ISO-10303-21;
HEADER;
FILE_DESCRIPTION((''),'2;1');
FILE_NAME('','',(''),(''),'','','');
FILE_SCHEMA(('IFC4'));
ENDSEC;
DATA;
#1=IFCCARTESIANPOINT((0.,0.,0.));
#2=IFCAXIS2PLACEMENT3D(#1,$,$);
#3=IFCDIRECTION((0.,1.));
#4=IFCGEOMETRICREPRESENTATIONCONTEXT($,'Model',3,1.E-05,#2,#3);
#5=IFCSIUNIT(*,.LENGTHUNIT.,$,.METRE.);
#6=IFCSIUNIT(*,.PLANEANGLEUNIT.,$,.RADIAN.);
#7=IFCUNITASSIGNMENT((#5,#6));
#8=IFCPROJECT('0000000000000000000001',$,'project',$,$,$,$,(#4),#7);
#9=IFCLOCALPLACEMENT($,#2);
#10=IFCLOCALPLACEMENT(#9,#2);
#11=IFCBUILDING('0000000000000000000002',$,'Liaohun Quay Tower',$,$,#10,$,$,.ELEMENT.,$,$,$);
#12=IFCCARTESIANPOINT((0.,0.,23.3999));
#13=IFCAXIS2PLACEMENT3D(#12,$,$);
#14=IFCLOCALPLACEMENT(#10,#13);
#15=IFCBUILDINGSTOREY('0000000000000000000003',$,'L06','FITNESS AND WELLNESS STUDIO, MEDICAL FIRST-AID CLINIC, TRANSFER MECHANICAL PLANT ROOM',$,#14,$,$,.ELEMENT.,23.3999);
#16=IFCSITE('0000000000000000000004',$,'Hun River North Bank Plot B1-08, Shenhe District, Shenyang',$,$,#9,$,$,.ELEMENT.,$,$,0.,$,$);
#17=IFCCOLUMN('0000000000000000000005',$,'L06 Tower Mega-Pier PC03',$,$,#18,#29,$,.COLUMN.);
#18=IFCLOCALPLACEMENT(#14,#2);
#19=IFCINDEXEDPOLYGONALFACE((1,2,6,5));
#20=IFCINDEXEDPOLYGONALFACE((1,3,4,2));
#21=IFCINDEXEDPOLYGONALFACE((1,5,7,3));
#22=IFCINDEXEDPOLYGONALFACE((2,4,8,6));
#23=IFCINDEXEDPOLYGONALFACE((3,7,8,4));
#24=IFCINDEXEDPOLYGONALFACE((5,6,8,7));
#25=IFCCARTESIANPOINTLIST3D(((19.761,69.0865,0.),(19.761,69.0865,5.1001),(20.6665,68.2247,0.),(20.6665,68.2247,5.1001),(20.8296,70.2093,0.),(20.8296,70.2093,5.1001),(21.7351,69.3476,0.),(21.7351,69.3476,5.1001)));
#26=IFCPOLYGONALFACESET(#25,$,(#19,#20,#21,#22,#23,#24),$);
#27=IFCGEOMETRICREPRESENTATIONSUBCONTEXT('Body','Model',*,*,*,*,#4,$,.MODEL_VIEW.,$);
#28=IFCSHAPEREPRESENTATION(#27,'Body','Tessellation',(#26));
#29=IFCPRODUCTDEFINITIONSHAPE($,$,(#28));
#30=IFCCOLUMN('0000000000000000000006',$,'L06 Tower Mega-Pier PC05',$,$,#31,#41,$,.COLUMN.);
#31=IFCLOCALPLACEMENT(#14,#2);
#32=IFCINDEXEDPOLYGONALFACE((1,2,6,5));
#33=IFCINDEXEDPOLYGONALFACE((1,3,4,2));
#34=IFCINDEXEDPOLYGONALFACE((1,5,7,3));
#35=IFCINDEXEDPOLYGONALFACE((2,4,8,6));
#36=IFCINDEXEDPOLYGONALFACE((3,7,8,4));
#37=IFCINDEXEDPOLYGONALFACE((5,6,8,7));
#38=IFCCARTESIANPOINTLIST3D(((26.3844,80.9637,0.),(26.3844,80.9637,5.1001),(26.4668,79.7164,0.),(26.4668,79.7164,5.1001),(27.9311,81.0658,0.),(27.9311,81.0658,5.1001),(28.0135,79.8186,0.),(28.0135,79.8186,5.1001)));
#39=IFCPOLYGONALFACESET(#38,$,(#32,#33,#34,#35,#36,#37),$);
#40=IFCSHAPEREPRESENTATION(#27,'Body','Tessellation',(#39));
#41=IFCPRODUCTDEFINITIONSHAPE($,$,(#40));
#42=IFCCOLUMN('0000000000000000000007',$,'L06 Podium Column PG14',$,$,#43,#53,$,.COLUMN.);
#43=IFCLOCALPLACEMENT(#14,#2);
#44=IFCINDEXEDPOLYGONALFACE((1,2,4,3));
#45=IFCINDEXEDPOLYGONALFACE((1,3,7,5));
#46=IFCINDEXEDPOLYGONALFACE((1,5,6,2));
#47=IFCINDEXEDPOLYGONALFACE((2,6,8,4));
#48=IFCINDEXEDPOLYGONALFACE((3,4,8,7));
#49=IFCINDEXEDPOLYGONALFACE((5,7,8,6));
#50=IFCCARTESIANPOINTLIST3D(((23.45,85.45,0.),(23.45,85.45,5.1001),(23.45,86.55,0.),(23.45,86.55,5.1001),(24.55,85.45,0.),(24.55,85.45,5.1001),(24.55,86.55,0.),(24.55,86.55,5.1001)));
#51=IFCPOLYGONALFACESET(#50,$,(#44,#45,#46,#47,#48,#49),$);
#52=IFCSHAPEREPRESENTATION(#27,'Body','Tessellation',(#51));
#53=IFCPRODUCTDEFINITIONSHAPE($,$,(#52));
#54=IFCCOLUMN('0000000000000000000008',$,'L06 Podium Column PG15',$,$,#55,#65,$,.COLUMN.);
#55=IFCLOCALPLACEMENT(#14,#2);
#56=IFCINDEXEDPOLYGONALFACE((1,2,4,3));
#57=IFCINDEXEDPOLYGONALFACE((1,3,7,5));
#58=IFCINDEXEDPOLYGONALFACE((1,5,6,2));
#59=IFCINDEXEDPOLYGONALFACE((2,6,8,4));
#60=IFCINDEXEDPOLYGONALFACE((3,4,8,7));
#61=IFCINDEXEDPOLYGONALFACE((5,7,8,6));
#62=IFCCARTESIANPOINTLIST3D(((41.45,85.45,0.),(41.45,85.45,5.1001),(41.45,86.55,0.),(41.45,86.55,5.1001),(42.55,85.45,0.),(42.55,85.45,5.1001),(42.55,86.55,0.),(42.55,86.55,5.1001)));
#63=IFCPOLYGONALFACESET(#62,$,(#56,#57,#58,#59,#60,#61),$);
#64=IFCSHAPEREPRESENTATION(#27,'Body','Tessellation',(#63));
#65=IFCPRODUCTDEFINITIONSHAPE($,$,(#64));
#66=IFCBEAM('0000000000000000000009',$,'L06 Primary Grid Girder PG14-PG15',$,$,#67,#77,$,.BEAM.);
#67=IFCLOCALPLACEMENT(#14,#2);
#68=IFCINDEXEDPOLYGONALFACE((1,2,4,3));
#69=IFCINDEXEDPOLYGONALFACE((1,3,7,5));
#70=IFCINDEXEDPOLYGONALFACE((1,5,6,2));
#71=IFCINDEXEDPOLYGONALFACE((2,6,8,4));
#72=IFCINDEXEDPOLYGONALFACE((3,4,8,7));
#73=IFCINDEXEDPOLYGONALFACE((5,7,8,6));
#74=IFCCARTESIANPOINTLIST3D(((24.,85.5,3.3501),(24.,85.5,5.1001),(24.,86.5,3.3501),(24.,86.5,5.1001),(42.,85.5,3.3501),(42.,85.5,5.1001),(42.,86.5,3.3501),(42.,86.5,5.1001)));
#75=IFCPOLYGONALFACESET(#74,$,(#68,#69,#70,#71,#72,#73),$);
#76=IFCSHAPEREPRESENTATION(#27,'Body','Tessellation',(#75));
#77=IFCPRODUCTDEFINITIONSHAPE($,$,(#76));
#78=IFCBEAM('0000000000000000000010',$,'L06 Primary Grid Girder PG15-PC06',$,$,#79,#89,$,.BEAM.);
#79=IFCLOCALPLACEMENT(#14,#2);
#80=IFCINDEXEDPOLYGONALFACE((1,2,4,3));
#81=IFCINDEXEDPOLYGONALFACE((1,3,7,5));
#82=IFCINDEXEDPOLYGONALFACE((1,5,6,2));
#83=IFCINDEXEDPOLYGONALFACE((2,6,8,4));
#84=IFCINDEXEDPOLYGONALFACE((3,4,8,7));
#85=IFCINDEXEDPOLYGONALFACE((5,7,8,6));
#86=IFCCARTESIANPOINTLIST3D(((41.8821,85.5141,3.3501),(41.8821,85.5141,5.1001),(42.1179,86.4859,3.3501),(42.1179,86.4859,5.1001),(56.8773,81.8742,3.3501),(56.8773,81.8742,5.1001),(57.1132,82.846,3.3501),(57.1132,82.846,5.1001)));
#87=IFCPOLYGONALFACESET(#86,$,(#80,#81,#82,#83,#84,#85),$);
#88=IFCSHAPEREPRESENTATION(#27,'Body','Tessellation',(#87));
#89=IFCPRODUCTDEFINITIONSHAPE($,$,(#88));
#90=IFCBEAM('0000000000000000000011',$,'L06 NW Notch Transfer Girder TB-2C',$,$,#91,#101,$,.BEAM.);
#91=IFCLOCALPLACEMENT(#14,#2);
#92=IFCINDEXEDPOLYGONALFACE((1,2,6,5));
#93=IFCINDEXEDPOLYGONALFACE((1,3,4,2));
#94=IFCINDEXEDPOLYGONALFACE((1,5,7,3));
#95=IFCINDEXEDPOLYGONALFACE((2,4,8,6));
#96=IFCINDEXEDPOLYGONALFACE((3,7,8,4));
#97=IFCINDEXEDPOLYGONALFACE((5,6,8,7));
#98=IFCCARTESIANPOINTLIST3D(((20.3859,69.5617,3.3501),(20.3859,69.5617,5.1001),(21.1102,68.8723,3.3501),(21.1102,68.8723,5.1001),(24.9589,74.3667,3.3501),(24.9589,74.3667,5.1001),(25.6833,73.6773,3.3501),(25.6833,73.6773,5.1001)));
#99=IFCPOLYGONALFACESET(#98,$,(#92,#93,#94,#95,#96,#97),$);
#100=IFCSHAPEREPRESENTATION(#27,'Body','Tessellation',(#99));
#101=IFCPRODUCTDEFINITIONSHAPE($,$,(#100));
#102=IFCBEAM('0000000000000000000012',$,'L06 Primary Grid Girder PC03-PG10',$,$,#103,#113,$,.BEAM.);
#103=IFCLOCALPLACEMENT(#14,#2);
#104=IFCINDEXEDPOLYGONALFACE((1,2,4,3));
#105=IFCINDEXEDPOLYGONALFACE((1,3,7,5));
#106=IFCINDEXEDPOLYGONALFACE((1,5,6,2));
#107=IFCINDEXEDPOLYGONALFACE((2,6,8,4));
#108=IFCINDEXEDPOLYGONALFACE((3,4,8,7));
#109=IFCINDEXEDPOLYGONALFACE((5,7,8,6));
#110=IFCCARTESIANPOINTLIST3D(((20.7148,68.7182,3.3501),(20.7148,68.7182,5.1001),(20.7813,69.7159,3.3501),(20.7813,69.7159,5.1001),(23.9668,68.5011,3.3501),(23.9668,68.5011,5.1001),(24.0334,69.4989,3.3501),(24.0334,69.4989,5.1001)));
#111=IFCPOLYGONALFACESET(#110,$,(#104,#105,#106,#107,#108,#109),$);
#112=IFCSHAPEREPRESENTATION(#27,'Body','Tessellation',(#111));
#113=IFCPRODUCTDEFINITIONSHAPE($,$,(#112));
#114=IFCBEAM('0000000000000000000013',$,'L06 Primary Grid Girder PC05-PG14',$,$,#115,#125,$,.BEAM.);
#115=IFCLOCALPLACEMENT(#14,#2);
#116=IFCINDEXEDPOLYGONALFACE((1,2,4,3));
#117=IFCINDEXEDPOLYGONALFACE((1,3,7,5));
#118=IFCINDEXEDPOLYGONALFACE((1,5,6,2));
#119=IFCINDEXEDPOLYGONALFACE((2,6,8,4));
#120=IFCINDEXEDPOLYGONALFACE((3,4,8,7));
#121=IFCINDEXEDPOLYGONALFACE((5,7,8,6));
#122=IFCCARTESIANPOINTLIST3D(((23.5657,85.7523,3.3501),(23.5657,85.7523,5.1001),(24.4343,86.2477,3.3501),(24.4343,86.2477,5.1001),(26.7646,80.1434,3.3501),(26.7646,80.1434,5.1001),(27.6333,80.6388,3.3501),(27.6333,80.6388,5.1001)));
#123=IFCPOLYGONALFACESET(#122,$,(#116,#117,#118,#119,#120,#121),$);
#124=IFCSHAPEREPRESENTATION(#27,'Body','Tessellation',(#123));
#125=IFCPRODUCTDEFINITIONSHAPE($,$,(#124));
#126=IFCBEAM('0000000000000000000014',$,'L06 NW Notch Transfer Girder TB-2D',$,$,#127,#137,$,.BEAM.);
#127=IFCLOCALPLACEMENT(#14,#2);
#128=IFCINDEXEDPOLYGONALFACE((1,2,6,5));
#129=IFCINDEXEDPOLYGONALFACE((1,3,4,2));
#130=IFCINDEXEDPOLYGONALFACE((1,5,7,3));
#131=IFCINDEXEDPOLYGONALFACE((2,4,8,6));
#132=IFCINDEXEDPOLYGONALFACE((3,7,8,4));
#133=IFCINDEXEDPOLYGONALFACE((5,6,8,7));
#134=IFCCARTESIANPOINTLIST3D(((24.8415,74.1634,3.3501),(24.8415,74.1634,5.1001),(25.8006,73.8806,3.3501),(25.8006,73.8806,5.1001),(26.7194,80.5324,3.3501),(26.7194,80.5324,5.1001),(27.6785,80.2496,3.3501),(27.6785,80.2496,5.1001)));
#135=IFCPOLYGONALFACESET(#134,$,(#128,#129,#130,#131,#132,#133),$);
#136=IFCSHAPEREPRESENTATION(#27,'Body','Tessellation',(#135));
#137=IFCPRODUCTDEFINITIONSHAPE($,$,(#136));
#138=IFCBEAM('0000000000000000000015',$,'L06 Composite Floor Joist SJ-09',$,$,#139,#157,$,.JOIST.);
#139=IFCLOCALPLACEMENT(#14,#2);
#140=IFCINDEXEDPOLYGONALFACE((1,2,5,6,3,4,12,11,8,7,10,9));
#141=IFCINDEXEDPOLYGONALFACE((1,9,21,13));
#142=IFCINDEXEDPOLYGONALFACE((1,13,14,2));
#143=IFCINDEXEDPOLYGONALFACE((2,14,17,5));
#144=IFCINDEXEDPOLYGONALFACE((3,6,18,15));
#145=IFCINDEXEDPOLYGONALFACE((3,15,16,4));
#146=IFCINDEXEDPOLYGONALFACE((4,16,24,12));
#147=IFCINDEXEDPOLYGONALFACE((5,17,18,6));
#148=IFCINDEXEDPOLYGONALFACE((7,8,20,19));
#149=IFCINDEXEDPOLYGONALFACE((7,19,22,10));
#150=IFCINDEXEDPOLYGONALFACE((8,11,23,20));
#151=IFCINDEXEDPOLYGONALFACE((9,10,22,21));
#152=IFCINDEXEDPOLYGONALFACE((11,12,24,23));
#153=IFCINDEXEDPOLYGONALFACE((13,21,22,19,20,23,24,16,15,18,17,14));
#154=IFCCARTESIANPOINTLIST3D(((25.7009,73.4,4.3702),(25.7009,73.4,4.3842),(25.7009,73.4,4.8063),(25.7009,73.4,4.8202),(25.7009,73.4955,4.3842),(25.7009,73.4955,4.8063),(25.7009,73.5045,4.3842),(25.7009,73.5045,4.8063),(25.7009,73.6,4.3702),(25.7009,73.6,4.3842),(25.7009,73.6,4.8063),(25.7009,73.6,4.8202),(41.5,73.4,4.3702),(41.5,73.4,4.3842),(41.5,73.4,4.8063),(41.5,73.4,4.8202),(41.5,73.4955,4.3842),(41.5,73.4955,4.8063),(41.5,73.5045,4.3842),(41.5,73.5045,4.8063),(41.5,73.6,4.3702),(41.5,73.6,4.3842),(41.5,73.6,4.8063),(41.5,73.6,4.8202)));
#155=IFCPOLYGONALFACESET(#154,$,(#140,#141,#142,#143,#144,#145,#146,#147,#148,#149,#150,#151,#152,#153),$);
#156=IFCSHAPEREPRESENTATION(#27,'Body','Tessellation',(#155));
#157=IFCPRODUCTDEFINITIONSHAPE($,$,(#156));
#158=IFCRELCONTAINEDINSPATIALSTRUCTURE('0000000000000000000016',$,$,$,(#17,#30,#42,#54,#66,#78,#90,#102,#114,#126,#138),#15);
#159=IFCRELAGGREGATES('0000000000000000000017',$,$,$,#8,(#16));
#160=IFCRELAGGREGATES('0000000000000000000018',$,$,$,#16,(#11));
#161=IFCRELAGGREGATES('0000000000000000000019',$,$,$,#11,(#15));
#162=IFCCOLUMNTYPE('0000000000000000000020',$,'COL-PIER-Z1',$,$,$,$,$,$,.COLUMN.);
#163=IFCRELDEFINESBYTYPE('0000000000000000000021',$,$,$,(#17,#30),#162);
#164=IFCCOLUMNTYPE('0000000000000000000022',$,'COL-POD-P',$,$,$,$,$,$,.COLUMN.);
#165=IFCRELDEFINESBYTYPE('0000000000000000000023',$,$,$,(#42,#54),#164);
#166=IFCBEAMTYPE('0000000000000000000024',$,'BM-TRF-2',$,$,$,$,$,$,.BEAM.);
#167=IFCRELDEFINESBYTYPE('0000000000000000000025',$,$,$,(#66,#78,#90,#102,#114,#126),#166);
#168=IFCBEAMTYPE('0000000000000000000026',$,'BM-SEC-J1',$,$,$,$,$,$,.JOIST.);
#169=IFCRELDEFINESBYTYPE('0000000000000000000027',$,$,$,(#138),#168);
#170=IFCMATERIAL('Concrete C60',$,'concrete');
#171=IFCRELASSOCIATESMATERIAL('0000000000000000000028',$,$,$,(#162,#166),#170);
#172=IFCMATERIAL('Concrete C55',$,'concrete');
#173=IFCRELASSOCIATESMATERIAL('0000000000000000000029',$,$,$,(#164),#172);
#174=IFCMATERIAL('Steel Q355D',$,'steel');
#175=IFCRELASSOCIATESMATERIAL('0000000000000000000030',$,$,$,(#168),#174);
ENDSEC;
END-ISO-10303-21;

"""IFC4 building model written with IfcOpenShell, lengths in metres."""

from ifc_helpers import new_model, si_unit, direction, frame, origin, origin_2d, place, context, subcontext, project, spatial, rectangle, i_section, extrude, source, transform, mapped, material, material_profile, profile_set, type_object, element, save


model = new_model("IFC4")

# Units and contexts
model_context = context("Model", 3, precision=1e-05, world=origin(), true_north=direction((0.0, 1.0)))
body_context = subcontext(model_context, "Body", "Model", "MODEL_VIEW")
ifc_project = project(units=[si_unit("LENGTHUNIT", "METRE"), si_unit("PLANEANGLEUNIT", "RADIAN")], contexts=[model_context])

# Site, building, storey
site_placement = place(None, origin())
site = spatial("IfcSite", under=ifc_project, at=site_placement, Name="Hun River North Bank Plot B1-08, Shenhe District, Shenyang", CompositionType="ELEMENT", RefElevation=0.0)
building_placement = place(site_placement, origin())
building = spatial("IfcBuilding", under=site, at=building_placement, Name="Liaohun Quay Tower", CompositionType="ELEMENT")
storey_placement = place(building_placement, frame((0.0, 0.0, 23.3999)))
storey = spatial("IfcBuildingStorey", under=building, at=storey_placement, Name="L06", Description="FITNESS AND WELLNESS STUDIO, MEDICAL FIRST-AID CLINIC, TRANSFER MECHANICAL PLANT ROOM", CompositionType="ELEMENT", Elevation=23.3999)

# Columns
ifc_material_1 = material(Name="Concrete C60", Category="concrete")
ifc_material_profile_1 = material_profile(ifc_material_1, rectangle(XDim=1.55, YDim=1.25, at=origin_2d()), Name="RC1550x1250")
ifc_profile_set_1 = profile_set([ifc_material_profile_1], Name="Concrete C60")
column_type_1 = type_object("IfcColumnType", Name="COL-PIER-Z1", PredefinedType="COLUMN", material=ifc_profile_set_1)
shared_shape_1 = source(origin(), body_context, "Body", "SweptSolid", [
    extrude(rectangle(XDim=1.55, YDim=1.25, at=origin_2d()), origin(), (0.0, 0.0, 1.0), 5.1001),
])
for number, where, z_axis, x_axis, name in (
    (1, (20.748, 69.217, 0.0), (0.0, 0.0, 1.0), (0.689367, 0.724413, 0.0), "L06 Tower Mega-Pier PC03"),
    (2, (27.199, 80.3911, 0.0), (0.0, 0.0, 1.0), (0.997825, 0.065926, 0.0), "L06 Tower Mega-Pier PC05"),
):
    element("IfcColumn", number, at=place(storey_placement, frame(where, z_axis=z_axis, x_axis=x_axis)), inside=storey, type_object=column_type_1, Name=name, PredefinedType="COLUMN", context=body_context, shape_type="MappedRepresentation", body=[
        mapped(shared_shape_1, transform((0.0, 0.0, 0.0), x_axis=(1.0, 0.0, 0.0), y_axis=(0.0, 1.0, 0.0), z_axis=(0.0, 0.0, 1.0), scale=1.0)),
    ])
ifc_material_2 = material(Name="Concrete C55", Category="concrete")
ifc_material_profile_2 = material_profile(ifc_material_2, rectangle(XDim=1.1001, YDim=1.1001, at=origin_2d()), Name="RC1100x1100")
ifc_profile_set_2 = profile_set([ifc_material_profile_2], Name="Concrete C55")
column_type_2 = type_object("IfcColumnType", Name="COL-POD-P", PredefinedType="COLUMN", material=ifc_profile_set_2)
shared_shape_2 = source(origin(), body_context, "Body", "SweptSolid", [
    extrude(rectangle(XDim=1.1001, YDim=1.1001, at=origin_2d()), origin(), (0.0, 0.0, 1.0), 5.1001),
])
for number, where, z_axis, x_axis, name in (
    (3, (24.0, 86.0, 0.0), (0.0, 0.0, 1.0), (1.0, 0.0, 0.0), "L06 Podium Column PG14"),
    (4, (42.0, 86.0, 0.0), (0.0, 0.0, 1.0), (1.0, 0.0, 0.0), "L06 Podium Column PG15"),
):
    element("IfcColumn", number, at=place(storey_placement, frame(where, z_axis=z_axis, x_axis=x_axis)), inside=storey, type_object=column_type_2, Name=name, PredefinedType="COLUMN", context=body_context, shape_type="MappedRepresentation", body=[
        mapped(shared_shape_2, transform((0.0, 0.0, 0.0), x_axis=(1.0, 0.0, 0.0), y_axis=(0.0, 1.0, 0.0), z_axis=(0.0, 0.0, 1.0), scale=1.0)),
    ])

# Beams
ifc_material_profile_3 = material_profile(ifc_material_1, rectangle(XDim=1.0, YDim=1.75, at=origin_2d()), Name="RC1000x1750")
ifc_profile_set_3 = profile_set([ifc_material_profile_3], Name="Concrete C60")
beam_type_1 = type_object("IfcBeamType", Name="BM-TRF-2", PredefinedType="BEAM", material=ifc_profile_set_3)
shared_shape_3 = source(origin(), body_context, "Body", "SweptSolid", [
    extrude(rectangle(XDim=1.0, YDim=1.75, at=origin_2d()), origin(), (0.0, 0.0, 1.0), 18.0),
])
beam_1_placement = place(storey_placement, frame((24.0, 86.0, 4.2251), z_axis=(1.0, 0.0, 0.0), x_axis=(0.0, 1.0, 0.0)))
element("IfcBeam", 5, at=beam_1_placement, inside=storey, type_object=beam_type_1, Name="L06 Primary Grid Girder PG14-PG15", PredefinedType="BEAM", context=body_context, shape_type="MappedRepresentation", body=[
    mapped(shared_shape_3, transform((0.0, 0.0, 0.0), x_axis=(1.0, 0.0, 0.0), y_axis=(0.0, 1.0, 0.0), z_axis=(0.0, 0.0, 1.0), scale=1.0)),
])
shared_shape_4 = source(origin(), body_context, "Body", "SweptSolid", [
    extrude(rectangle(XDim=1.0, YDim=1.75, at=origin_2d()), origin(), (0.0, 0.0, 1.0), 15.4307),
])
beam_2_placement = place(storey_placement, frame((42.0, 86.0, 4.2251), z_axis=(0.97178, -0.235888, 0.0), x_axis=(0.235888, 0.97178, 0.0)))
element("IfcBeam", 6, at=beam_2_placement, inside=storey, type_object=beam_type_1, Name="L06 Primary Grid Girder PG15-PC06", PredefinedType="BEAM", context=body_context, shape_type="MappedRepresentation", body=[
    mapped(shared_shape_4, transform((0.0, 0.0, 0.0), x_axis=(1.0, 0.0, 0.0), y_axis=(0.0, 1.0, 0.0), z_axis=(0.0, 0.0, 1.0), scale=1.0)),
])
shared_shape_5 = source(origin(), body_context, "Body", "SweptSolid", [
    extrude(rectangle(XDim=1.0, YDim=1.75, at=origin_2d()), origin(), (0.0, 0.0, 1.0), 6.6333),
])
beam_3_placement = place(storey_placement, frame((20.748, 69.217, 4.2251), z_axis=(0.689408, 0.724373, 0.0), x_axis=(-0.724373, 0.689408, 0.0)))
element("IfcBeam", 7, at=beam_3_placement, inside=storey, type_object=beam_type_1, Name="L06 NW Notch Transfer Girder TB-2C", PredefinedType="BEAM", context=body_context, shape_type="MappedRepresentation", body=[
    mapped(shared_shape_5, transform((0.0, 0.0, 0.0), x_axis=(1.0, 0.0, 0.0), y_axis=(0.0, 1.0, 0.0), z_axis=(0.0, 0.0, 1.0), scale=1.0)),
])
shared_shape_6 = source(origin(), body_context, "Body", "SweptSolid", [
    extrude(rectangle(XDim=1.0, YDim=1.75, at=origin_2d()), origin(), (0.0, 0.0, 1.0), 3.2593),
])
beam_4_placement = place(storey_placement, frame((20.748, 69.217, 4.2251), z_axis=(0.99778, -0.066594, 0.0), x_axis=(0.066594, 0.99778, 0.0)))
element("IfcBeam", 8, at=beam_4_placement, inside=storey, type_object=beam_type_1, Name="L06 Primary Grid Girder PC03-PG10", PredefinedType="BEAM", context=body_context, shape_type="MappedRepresentation", body=[
    mapped(shared_shape_6, transform((0.0, 0.0, 0.0), x_axis=(1.0, 0.0, 0.0), y_axis=(0.0, 1.0, 0.0), z_axis=(0.0, 0.0, 1.0), scale=1.0)),
])
shared_shape_7 = source(origin(), body_context, "Body", "SweptSolid", [
    extrude(rectangle(XDim=1.0, YDim=1.75, at=origin_2d()), origin(), (0.0, 0.0, 1.0), 6.457),
])
beam_5_placement = place(storey_placement, frame((27.199, 80.3911, 4.2251), z_axis=(-0.495426, 0.86865, 0.0), x_axis=(-0.86865, -0.495426, 0.0)))
element("IfcBeam", 9, at=beam_5_placement, inside=storey, type_object=beam_type_1, Name="L06 Primary Grid Girder PC05-PG14", PredefinedType="BEAM", context=body_context, shape_type="MappedRepresentation", body=[
    mapped(shared_shape_7, transform((0.0, 0.0, 0.0), x_axis=(1.0, 0.0, 0.0), y_axis=(0.0, 1.0, 0.0), z_axis=(0.0, 0.0, 1.0), scale=1.0)),
])
shared_shape_8 = source(origin(), body_context, "Body", "SweptSolid", [
    extrude(rectangle(XDim=1.0, YDim=1.75, at=origin_2d()), origin(), (0.0, 0.0, 1.0), 6.6401),
])
beam_6_placement = place(storey_placement, frame((25.321, 74.022, 4.2251), z_axis=(0.282811, 0.959176, 0.0), x_axis=(-0.959176, 0.282811, 0.0)))
element("IfcBeam", 10, at=beam_6_placement, inside=storey, type_object=beam_type_1, Name="L06 NW Notch Transfer Girder TB-2D", PredefinedType="BEAM", context=body_context, shape_type="MappedRepresentation", body=[
    mapped(shared_shape_8, transform((0.0, 0.0, 0.0), x_axis=(1.0, 0.0, 0.0), y_axis=(0.0, 1.0, 0.0), z_axis=(0.0, 0.0, 1.0), scale=1.0)),
])
ifc_material_3 = material(Name="Steel Q355D", Category="steel")
ifc_material_profile_4 = material_profile(ifc_material_3, i_section(OverallWidth=0.2, OverallDepth=0.45, WebThickness=0.009, FlangeThickness=0.0139, at=origin_2d()), Name="HN450x200x9x14")
ifc_profile_set_4 = profile_set([ifc_material_profile_4], Name="Steel Q355D")
beam_type_2 = type_object("IfcBeamType", Name="BM-SEC-J1", PredefinedType="JOIST", material=ifc_profile_set_4)
shared_shape_9 = source(origin(), body_context, "Body", "SweptSolid", [
    extrude(i_section(OverallWidth=0.2, OverallDepth=0.45, WebThickness=0.009, FlangeThickness=0.0139, at=origin_2d()), origin(), (0.0, 0.0, 1.0), 15.7991),
])
beam_7_placement = place(storey_placement, frame((25.7009, 73.5, 4.5952), z_axis=(1.0, 0.0, 0.0), x_axis=(0.0, 1.0, 0.0)))
element("IfcBeam", 11, at=beam_7_placement, inside=storey, type_object=beam_type_2, Name="L06 Composite Floor Joist SJ-09", PredefinedType="JOIST", context=body_context, shape_type="MappedRepresentation", body=[
    mapped(shared_shape_9, transform((0.0, 0.0, 0.0), x_axis=(1.0, 0.0, 0.0), y_axis=(0.0, 1.0, 0.0), z_axis=(0.0, 0.0, 1.0), scale=1.0)),
])

save(model, "model.ifc")
